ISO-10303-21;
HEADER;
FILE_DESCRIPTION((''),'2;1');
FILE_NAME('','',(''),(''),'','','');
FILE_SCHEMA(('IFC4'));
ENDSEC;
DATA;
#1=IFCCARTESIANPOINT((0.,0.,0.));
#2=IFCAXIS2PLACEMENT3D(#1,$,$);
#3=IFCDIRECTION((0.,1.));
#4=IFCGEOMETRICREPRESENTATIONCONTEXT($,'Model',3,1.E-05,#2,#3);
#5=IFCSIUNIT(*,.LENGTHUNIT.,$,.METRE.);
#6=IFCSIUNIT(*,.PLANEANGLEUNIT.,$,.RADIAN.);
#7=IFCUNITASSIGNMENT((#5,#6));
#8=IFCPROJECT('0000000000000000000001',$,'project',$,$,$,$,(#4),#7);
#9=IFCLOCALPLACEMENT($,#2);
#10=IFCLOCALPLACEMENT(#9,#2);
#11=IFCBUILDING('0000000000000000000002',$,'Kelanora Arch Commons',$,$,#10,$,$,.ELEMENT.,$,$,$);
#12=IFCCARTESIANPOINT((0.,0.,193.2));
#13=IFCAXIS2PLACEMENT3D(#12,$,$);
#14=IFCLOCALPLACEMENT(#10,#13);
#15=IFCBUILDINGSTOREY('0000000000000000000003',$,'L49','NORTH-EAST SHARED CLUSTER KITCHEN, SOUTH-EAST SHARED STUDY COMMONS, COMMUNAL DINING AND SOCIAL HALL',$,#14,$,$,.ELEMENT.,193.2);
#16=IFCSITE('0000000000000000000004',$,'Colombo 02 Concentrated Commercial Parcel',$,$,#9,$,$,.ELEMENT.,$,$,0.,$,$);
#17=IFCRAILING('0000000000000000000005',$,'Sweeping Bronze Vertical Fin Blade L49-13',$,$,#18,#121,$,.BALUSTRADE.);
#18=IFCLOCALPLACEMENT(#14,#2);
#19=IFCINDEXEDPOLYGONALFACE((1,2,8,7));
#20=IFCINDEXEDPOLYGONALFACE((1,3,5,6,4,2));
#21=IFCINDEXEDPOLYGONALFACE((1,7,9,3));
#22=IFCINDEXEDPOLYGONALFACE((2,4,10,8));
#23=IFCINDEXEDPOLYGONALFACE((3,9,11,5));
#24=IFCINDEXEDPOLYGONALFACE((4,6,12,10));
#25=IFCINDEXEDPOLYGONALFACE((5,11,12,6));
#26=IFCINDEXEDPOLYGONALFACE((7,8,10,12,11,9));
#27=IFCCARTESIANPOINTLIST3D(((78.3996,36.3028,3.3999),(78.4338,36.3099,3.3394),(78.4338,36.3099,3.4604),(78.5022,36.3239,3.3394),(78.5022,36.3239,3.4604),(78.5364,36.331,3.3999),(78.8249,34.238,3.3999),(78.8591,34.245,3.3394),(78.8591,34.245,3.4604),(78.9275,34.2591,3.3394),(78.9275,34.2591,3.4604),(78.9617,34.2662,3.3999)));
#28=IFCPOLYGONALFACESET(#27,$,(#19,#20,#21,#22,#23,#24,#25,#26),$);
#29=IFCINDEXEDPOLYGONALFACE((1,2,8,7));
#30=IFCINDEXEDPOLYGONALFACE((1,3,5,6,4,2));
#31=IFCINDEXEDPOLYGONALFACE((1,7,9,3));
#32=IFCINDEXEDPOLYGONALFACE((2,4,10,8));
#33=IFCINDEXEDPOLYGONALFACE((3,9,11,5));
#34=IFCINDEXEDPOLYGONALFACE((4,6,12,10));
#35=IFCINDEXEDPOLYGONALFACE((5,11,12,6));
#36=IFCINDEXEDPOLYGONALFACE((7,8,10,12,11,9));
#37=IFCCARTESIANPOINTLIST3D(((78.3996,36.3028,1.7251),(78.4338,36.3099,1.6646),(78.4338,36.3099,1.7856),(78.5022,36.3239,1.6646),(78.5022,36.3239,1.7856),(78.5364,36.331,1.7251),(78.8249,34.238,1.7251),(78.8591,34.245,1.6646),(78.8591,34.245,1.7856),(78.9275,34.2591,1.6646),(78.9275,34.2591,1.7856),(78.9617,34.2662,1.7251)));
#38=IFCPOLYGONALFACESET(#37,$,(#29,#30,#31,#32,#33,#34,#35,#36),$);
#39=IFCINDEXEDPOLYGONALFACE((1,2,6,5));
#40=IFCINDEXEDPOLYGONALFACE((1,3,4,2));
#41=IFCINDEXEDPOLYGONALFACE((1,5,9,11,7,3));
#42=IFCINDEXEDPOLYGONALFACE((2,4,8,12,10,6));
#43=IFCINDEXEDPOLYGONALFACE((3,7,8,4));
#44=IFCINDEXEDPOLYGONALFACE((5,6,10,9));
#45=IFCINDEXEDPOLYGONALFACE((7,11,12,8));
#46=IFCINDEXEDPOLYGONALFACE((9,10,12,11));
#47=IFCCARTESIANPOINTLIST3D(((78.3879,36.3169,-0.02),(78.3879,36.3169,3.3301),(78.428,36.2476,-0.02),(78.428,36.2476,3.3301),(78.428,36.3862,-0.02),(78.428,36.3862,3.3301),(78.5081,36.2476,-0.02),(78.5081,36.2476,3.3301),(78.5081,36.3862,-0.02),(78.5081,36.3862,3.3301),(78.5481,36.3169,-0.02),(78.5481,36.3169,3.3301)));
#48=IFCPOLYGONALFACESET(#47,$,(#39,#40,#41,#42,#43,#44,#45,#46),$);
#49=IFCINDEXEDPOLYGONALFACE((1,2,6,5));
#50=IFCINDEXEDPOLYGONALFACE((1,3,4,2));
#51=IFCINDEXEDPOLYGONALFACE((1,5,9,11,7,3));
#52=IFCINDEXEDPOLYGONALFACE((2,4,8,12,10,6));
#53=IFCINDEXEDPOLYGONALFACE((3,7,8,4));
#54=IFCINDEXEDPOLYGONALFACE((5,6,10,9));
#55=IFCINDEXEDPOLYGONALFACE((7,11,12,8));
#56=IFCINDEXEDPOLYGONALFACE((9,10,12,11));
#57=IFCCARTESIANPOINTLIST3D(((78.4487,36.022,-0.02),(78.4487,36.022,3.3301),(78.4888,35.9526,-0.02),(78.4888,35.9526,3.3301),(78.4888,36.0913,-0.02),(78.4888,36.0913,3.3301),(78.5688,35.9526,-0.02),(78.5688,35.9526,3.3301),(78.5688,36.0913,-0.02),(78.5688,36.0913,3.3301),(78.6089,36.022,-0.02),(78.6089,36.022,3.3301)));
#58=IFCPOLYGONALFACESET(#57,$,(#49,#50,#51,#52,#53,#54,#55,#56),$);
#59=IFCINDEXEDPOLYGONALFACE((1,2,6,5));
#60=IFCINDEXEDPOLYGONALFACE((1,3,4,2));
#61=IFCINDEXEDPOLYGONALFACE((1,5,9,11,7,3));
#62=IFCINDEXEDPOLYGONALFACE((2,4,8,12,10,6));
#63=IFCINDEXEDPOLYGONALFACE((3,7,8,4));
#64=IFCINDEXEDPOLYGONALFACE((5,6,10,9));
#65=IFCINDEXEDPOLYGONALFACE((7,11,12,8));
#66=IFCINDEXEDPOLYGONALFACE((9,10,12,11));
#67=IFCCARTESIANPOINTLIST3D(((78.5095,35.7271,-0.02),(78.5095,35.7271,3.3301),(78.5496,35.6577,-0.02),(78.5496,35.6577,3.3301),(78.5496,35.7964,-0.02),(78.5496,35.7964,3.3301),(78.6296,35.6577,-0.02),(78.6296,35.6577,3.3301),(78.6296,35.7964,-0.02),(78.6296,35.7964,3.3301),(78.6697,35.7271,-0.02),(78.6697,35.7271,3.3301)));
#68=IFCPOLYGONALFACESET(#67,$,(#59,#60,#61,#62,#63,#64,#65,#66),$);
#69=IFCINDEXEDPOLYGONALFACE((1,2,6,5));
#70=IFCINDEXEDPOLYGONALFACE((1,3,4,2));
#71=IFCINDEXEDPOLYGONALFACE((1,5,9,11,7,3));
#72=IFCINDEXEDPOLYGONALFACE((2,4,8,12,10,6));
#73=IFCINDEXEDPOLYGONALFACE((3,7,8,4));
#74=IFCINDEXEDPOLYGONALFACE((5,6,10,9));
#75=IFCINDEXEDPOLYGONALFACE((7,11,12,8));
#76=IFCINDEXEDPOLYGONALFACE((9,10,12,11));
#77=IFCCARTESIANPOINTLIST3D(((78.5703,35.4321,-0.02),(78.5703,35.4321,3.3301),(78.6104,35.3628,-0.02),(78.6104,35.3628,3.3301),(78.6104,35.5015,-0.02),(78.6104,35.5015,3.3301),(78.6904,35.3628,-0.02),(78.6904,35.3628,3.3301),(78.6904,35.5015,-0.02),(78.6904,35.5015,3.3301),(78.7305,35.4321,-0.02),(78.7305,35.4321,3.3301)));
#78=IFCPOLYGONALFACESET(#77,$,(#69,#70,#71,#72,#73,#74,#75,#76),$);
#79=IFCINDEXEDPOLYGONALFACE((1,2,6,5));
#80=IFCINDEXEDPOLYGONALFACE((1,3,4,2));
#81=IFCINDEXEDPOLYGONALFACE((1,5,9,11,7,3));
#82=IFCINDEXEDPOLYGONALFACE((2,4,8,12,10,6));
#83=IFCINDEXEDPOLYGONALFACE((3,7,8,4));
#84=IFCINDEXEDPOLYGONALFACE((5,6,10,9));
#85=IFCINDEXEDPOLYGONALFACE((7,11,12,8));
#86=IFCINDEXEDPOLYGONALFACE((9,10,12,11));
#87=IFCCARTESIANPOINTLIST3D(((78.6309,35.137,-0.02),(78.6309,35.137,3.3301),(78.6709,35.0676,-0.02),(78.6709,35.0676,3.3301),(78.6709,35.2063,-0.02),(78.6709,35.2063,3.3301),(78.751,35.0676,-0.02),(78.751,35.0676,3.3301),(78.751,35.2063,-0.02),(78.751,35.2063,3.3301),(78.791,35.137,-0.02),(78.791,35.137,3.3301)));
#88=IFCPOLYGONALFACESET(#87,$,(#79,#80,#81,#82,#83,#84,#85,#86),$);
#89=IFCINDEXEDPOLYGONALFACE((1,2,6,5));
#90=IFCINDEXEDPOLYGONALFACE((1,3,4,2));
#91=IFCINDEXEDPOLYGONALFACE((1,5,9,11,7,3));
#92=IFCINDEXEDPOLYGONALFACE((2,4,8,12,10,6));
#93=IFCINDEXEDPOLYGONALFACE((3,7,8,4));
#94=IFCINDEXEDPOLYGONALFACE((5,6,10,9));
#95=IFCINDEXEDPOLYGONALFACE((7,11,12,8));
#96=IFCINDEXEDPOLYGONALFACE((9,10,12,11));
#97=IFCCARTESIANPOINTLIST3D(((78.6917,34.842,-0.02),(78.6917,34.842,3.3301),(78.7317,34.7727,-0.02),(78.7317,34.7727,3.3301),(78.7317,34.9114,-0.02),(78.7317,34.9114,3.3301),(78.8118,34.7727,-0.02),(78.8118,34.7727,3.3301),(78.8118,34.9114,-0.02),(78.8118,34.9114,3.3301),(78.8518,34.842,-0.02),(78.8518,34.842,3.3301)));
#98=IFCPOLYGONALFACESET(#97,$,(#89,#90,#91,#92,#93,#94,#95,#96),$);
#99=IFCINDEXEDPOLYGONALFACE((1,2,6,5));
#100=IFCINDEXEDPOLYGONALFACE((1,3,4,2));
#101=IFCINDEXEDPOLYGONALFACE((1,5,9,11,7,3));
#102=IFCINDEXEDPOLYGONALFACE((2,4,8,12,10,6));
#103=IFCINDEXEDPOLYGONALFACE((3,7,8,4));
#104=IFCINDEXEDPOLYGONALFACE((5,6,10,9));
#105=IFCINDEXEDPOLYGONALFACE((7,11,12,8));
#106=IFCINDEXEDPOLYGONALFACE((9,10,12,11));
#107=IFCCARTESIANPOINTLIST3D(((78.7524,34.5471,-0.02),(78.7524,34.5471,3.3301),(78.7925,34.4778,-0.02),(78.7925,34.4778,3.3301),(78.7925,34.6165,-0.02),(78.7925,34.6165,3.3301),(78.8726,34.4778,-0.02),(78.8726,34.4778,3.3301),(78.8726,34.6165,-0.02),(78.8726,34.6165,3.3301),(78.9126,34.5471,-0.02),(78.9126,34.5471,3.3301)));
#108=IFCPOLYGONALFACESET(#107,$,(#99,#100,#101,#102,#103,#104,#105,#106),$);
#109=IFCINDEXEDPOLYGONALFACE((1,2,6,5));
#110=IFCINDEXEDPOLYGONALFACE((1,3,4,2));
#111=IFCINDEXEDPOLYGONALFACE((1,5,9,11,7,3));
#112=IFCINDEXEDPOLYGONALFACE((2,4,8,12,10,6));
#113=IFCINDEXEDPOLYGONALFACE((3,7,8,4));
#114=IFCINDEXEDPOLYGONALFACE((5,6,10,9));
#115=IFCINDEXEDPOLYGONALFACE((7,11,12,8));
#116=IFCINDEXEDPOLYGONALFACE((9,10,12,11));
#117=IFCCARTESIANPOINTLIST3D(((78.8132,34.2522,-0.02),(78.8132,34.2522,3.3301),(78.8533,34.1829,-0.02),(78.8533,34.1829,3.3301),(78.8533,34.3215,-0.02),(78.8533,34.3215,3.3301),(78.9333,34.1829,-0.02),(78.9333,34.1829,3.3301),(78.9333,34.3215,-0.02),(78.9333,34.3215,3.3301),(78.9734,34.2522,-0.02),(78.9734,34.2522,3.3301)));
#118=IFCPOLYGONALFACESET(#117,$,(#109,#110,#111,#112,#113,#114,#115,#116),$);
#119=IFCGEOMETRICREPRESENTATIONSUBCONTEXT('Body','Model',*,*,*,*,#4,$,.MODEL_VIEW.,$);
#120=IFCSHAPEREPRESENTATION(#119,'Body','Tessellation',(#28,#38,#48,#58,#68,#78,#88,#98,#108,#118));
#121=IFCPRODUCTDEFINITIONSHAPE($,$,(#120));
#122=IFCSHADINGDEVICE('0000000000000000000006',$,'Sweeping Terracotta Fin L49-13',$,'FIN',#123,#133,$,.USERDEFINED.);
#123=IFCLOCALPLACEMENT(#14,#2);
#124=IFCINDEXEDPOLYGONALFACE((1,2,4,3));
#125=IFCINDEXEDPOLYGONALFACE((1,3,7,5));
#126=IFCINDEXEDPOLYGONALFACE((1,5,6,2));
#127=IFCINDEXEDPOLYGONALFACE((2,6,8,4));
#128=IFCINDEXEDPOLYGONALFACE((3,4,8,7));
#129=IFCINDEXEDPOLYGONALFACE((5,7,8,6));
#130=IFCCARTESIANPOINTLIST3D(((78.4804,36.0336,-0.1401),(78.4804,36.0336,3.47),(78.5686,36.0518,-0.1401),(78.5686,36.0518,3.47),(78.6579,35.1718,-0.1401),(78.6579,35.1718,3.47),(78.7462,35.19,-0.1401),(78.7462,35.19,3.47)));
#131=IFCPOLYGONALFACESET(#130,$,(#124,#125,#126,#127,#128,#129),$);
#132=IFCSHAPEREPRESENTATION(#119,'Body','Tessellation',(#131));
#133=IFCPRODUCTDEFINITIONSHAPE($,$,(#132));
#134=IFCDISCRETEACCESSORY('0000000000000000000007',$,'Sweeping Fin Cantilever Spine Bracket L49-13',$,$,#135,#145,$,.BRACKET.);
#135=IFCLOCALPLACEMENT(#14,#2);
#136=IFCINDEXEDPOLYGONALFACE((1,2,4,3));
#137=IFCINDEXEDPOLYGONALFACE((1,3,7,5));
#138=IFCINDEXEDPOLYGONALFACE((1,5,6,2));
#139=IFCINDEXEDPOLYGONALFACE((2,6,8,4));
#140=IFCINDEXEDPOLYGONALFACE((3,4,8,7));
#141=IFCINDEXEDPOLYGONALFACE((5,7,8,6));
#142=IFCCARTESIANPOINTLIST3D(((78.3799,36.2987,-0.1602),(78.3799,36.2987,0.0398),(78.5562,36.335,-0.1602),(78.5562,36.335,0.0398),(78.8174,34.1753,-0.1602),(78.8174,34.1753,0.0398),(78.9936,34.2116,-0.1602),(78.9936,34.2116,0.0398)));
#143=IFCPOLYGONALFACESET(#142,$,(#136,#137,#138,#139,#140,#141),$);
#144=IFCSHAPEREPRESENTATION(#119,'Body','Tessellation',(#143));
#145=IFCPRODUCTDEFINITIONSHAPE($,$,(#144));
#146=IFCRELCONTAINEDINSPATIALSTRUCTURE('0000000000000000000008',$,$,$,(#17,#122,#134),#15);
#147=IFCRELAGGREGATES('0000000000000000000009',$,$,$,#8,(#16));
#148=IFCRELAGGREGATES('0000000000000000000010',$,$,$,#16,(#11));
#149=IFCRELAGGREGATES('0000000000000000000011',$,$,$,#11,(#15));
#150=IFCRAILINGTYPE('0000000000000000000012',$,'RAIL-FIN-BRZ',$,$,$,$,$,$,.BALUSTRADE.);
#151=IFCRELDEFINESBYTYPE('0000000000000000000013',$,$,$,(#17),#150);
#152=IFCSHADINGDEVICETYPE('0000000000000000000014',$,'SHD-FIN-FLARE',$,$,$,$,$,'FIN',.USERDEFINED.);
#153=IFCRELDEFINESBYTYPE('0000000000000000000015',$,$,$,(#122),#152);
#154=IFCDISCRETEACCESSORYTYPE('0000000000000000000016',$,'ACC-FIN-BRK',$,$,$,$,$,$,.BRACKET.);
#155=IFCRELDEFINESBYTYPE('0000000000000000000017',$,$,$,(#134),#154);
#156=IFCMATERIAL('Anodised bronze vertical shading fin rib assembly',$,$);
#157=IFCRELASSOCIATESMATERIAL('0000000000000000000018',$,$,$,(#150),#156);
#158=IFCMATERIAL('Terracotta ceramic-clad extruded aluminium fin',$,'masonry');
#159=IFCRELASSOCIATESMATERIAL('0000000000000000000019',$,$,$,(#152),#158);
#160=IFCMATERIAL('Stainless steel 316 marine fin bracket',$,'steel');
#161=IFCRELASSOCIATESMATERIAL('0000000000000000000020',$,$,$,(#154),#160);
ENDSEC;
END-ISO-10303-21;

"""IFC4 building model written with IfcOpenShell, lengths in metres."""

from ifc_helpers import new_model, si_unit, direction, frame, origin, origin_2d, place, context, subcontext, project, spatial, polyline, rectangle, outline, extrude, source, transform, mapped, material, type_object, element, save


model = new_model("IFC4")

# Units and contexts
model_context = context("Model", 3, precision=1e-05, world=origin(), true_north=direction((0.0, 1.0)))
body_context = subcontext(model_context, "Body", "Model", "MODEL_VIEW")
ifc_project = project(units=[si_unit("LENGTHUNIT", "METRE"), si_unit("PLANEANGLEUNIT", "RADIAN")], contexts=[model_context])

# Site, building, storey
site_placement = place(None, origin())
site = spatial("IfcSite", under=ifc_project, at=site_placement, Name="Colombo 02 Concentrated Commercial Parcel", CompositionType="ELEMENT", RefElevation=0.0)
building_placement = place(site_placement, origin())
building = spatial("IfcBuilding", under=site, at=building_placement, Name="Kelanora Arch Commons", CompositionType="ELEMENT")
storey_placement = place(building_placement, frame((0.0, 0.0, 193.2)))
storey = spatial("IfcBuildingStorey", under=building, at=storey_placement, Name="L49", Description="NORTH-EAST SHARED CLUSTER KITCHEN, SOUTH-EAST SHARED STUDY COMMONS, COMMUNAL DINING AND SOCIAL HALL", CompositionType="ELEMENT", Elevation=193.2)

# Railing
ifc_material_1 = material(Name="Anodised bronze vertical shading fin rib assembly")
railing_type = type_object("IfcRailingType", Name="RAIL-FIN-BRZ", PredefinedType="BALUSTRADE", material=ifc_material_1)
railing_placement = place(storey_placement, frame((78.468, 36.3169, -0.02)))
element("IfcRailing", 1, at=railing_placement, inside=storey, type_object=railing_type, Name="Sweeping Bronze Vertical Fin Blade L49-13", PredefinedType="BALUSTRADE", context=body_context, shape_type="SweptSolid", body=[
    extrude(outline(polyline([(0.0698, 0.0), (0.0349, 0.0605), (-0.0349, 0.0605), (-0.0698, 0.0), (-0.0349, -0.0605), (0.0349, -0.0605), (0.0698, 0.0)])), frame((0.0, 0.0, 3.4199), z_axis=(0.201748, -0.979438, 0.0), x_axis=(0.979438, 0.201748, 0.0)), (0.0, 0.0, 1.0), 2.1082),
    extrude(outline(polyline([(0.0698, 0.0), (0.0349, 0.0605), (-0.0349, 0.0605), (-0.0698, 0.0), (-0.0349, -0.0605), (0.0349, -0.0605), (0.0698, 0.0)])), frame((0.0, 0.0, 1.7451), z_axis=(0.201748, -0.979438, 0.0), x_axis=(0.979438, 0.201748, 0.0)), (0.0, 0.0, 1.0), 2.1082),
    extrude(outline(polyline([(0.0801, 0.0), (0.04, 0.0693), (-0.04, 0.0693), (-0.0801, 0.0), (-0.04, -0.0693), (0.04, -0.0693), (0.0801, 0.0)])), origin(), (0.0, 0.0, 1.0), 3.3501),
    extrude(outline(polyline([(0.0801, 0.0), (0.04, 0.0693), (-0.04, 0.0693), (-0.0801, 0.0), (-0.04, -0.0693), (0.04, -0.0693), (0.0801, 0.0)])), frame((0.0608, -0.2949, 0.0)), (0.0, 0.0, 1.0), 3.3501),
    extrude(outline(polyline([(0.0801, 0.0), (0.04, 0.0693), (-0.04, 0.0693), (-0.0801, 0.0), (-0.04, -0.0693), (0.04, -0.0693), (0.0801, 0.0)])), frame((0.1216, -0.5898, 0.0)), (0.0, 0.0, 1.0), 3.3501),
    extrude(outline(polyline([(0.0801, 0.0), (0.04, 0.0693), (-0.04, 0.0693), (-0.0801, 0.0), (-0.04, -0.0693), (0.04, -0.0693), (0.0801, 0.0)])), frame((0.1824, -0.8848, 0.0)), (0.0, 0.0, 1.0), 3.3501),
    extrude(outline(polyline([(0.0801, 0.0), (0.04, 0.0693), (-0.04, 0.0693), (-0.0801, 0.0), (-0.04, -0.0693), (0.04, -0.0693), (0.0801, 0.0)])), frame((0.2429, -1.1799, 0.0)), (0.0, 0.0, 1.0), 3.3501),
    extrude(outline(polyline([(0.0801, 0.0), (0.04, 0.0693), (-0.04, 0.0693), (-0.0801, 0.0), (-0.04, -0.0693), (0.04, -0.0693), (0.0801, 0.0)])), frame((0.3037, -1.4749, 0.0)), (0.0, 0.0, 1.0), 3.3501),
    extrude(outline(polyline([(0.0801, 0.0), (0.04, 0.0693), (-0.04, 0.0693), (-0.0801, 0.0), (-0.04, -0.0693), (0.04, -0.0693), (0.0801, 0.0)])), frame((0.3645, -1.7698, 0.0)), (0.0, 0.0, 1.0), 3.3501),
    extrude(outline(polyline([(0.0801, 0.0), (0.04, 0.0693), (-0.04, 0.0693), (-0.0801, 0.0), (-0.04, -0.0693), (0.04, -0.0693), (0.0801, 0.0)])), frame((0.4253, -2.0647, 0.0)), (0.0, 0.0, 1.0), 3.3501),
])

# Shading device
ifc_material_2 = material(Name="Terracotta ceramic-clad extruded aluminium fin", Category="masonry")
shading_device_type = type_object("IfcShadingDeviceType", Name="SHD-FIN-FLARE", ElementType="FIN", PredefinedType="USERDEFINED", material=ifc_material_2)
shared_shape_1 = source(origin(), body_context, "Body", "SweptSolid", [
    extrude(rectangle(XDim=0.8799, YDim=0.0901, at=origin_2d()), origin(), (0.0, 0.0, 1.0), 3.6101),
])
shading_device_placement = place(storey_placement, frame((78.6133, 35.6118, -0.1401), z_axis=(0.0, 0.0, 1.0), x_axis=(0.201762, -0.979435, 0.0)))
element("IfcShadingDevice", 2, at=shading_device_placement, inside=storey, type_object=shading_device_type, Name="Sweeping Terracotta Fin L49-13", ObjectType="FIN", PredefinedType="USERDEFINED", context=body_context, shape_type="MappedRepresentation", body=[
    mapped(shared_shape_1, transform((0.0, 0.0, 0.0), scale=1.0)),
])

# Discrete accessory
ifc_material_3 = material(Name="Stainless steel 316 marine fin bracket", Category="steel")
discrete_accessory_type = type_object("IfcDiscreteAccessoryType", Name="ACC-FIN-BRK", PredefinedType="BRACKET", material=ifc_material_3)
shared_shape_2 = source(origin(), body_context, "Body", "SweptSolid", [
    extrude(rectangle(XDim=2.168, YDim=0.1799, at=origin_2d()), origin(), (0.0, 0.0, 1.0), 0.2),
])
discrete_accessory_placement = place(storey_placement, frame((78.6868, 35.2551, -0.1602), z_axis=(0.0, 0.0, 1.0), x_axis=(0.201762, -0.979435, 0.0)))
element("IfcDiscreteAccessory", 3, at=discrete_accessory_placement, inside=storey, type_object=discrete_accessory_type, Name="Sweeping Fin Cantilever Spine Bracket L49-13", PredefinedType="BRACKET", context=body_context, shape_type="MappedRepresentation", body=[
    mapped(shared_shape_2, transform((0.0, 0.0, 0.0), scale=1.0)),
])

save(model, "model.ifc")
